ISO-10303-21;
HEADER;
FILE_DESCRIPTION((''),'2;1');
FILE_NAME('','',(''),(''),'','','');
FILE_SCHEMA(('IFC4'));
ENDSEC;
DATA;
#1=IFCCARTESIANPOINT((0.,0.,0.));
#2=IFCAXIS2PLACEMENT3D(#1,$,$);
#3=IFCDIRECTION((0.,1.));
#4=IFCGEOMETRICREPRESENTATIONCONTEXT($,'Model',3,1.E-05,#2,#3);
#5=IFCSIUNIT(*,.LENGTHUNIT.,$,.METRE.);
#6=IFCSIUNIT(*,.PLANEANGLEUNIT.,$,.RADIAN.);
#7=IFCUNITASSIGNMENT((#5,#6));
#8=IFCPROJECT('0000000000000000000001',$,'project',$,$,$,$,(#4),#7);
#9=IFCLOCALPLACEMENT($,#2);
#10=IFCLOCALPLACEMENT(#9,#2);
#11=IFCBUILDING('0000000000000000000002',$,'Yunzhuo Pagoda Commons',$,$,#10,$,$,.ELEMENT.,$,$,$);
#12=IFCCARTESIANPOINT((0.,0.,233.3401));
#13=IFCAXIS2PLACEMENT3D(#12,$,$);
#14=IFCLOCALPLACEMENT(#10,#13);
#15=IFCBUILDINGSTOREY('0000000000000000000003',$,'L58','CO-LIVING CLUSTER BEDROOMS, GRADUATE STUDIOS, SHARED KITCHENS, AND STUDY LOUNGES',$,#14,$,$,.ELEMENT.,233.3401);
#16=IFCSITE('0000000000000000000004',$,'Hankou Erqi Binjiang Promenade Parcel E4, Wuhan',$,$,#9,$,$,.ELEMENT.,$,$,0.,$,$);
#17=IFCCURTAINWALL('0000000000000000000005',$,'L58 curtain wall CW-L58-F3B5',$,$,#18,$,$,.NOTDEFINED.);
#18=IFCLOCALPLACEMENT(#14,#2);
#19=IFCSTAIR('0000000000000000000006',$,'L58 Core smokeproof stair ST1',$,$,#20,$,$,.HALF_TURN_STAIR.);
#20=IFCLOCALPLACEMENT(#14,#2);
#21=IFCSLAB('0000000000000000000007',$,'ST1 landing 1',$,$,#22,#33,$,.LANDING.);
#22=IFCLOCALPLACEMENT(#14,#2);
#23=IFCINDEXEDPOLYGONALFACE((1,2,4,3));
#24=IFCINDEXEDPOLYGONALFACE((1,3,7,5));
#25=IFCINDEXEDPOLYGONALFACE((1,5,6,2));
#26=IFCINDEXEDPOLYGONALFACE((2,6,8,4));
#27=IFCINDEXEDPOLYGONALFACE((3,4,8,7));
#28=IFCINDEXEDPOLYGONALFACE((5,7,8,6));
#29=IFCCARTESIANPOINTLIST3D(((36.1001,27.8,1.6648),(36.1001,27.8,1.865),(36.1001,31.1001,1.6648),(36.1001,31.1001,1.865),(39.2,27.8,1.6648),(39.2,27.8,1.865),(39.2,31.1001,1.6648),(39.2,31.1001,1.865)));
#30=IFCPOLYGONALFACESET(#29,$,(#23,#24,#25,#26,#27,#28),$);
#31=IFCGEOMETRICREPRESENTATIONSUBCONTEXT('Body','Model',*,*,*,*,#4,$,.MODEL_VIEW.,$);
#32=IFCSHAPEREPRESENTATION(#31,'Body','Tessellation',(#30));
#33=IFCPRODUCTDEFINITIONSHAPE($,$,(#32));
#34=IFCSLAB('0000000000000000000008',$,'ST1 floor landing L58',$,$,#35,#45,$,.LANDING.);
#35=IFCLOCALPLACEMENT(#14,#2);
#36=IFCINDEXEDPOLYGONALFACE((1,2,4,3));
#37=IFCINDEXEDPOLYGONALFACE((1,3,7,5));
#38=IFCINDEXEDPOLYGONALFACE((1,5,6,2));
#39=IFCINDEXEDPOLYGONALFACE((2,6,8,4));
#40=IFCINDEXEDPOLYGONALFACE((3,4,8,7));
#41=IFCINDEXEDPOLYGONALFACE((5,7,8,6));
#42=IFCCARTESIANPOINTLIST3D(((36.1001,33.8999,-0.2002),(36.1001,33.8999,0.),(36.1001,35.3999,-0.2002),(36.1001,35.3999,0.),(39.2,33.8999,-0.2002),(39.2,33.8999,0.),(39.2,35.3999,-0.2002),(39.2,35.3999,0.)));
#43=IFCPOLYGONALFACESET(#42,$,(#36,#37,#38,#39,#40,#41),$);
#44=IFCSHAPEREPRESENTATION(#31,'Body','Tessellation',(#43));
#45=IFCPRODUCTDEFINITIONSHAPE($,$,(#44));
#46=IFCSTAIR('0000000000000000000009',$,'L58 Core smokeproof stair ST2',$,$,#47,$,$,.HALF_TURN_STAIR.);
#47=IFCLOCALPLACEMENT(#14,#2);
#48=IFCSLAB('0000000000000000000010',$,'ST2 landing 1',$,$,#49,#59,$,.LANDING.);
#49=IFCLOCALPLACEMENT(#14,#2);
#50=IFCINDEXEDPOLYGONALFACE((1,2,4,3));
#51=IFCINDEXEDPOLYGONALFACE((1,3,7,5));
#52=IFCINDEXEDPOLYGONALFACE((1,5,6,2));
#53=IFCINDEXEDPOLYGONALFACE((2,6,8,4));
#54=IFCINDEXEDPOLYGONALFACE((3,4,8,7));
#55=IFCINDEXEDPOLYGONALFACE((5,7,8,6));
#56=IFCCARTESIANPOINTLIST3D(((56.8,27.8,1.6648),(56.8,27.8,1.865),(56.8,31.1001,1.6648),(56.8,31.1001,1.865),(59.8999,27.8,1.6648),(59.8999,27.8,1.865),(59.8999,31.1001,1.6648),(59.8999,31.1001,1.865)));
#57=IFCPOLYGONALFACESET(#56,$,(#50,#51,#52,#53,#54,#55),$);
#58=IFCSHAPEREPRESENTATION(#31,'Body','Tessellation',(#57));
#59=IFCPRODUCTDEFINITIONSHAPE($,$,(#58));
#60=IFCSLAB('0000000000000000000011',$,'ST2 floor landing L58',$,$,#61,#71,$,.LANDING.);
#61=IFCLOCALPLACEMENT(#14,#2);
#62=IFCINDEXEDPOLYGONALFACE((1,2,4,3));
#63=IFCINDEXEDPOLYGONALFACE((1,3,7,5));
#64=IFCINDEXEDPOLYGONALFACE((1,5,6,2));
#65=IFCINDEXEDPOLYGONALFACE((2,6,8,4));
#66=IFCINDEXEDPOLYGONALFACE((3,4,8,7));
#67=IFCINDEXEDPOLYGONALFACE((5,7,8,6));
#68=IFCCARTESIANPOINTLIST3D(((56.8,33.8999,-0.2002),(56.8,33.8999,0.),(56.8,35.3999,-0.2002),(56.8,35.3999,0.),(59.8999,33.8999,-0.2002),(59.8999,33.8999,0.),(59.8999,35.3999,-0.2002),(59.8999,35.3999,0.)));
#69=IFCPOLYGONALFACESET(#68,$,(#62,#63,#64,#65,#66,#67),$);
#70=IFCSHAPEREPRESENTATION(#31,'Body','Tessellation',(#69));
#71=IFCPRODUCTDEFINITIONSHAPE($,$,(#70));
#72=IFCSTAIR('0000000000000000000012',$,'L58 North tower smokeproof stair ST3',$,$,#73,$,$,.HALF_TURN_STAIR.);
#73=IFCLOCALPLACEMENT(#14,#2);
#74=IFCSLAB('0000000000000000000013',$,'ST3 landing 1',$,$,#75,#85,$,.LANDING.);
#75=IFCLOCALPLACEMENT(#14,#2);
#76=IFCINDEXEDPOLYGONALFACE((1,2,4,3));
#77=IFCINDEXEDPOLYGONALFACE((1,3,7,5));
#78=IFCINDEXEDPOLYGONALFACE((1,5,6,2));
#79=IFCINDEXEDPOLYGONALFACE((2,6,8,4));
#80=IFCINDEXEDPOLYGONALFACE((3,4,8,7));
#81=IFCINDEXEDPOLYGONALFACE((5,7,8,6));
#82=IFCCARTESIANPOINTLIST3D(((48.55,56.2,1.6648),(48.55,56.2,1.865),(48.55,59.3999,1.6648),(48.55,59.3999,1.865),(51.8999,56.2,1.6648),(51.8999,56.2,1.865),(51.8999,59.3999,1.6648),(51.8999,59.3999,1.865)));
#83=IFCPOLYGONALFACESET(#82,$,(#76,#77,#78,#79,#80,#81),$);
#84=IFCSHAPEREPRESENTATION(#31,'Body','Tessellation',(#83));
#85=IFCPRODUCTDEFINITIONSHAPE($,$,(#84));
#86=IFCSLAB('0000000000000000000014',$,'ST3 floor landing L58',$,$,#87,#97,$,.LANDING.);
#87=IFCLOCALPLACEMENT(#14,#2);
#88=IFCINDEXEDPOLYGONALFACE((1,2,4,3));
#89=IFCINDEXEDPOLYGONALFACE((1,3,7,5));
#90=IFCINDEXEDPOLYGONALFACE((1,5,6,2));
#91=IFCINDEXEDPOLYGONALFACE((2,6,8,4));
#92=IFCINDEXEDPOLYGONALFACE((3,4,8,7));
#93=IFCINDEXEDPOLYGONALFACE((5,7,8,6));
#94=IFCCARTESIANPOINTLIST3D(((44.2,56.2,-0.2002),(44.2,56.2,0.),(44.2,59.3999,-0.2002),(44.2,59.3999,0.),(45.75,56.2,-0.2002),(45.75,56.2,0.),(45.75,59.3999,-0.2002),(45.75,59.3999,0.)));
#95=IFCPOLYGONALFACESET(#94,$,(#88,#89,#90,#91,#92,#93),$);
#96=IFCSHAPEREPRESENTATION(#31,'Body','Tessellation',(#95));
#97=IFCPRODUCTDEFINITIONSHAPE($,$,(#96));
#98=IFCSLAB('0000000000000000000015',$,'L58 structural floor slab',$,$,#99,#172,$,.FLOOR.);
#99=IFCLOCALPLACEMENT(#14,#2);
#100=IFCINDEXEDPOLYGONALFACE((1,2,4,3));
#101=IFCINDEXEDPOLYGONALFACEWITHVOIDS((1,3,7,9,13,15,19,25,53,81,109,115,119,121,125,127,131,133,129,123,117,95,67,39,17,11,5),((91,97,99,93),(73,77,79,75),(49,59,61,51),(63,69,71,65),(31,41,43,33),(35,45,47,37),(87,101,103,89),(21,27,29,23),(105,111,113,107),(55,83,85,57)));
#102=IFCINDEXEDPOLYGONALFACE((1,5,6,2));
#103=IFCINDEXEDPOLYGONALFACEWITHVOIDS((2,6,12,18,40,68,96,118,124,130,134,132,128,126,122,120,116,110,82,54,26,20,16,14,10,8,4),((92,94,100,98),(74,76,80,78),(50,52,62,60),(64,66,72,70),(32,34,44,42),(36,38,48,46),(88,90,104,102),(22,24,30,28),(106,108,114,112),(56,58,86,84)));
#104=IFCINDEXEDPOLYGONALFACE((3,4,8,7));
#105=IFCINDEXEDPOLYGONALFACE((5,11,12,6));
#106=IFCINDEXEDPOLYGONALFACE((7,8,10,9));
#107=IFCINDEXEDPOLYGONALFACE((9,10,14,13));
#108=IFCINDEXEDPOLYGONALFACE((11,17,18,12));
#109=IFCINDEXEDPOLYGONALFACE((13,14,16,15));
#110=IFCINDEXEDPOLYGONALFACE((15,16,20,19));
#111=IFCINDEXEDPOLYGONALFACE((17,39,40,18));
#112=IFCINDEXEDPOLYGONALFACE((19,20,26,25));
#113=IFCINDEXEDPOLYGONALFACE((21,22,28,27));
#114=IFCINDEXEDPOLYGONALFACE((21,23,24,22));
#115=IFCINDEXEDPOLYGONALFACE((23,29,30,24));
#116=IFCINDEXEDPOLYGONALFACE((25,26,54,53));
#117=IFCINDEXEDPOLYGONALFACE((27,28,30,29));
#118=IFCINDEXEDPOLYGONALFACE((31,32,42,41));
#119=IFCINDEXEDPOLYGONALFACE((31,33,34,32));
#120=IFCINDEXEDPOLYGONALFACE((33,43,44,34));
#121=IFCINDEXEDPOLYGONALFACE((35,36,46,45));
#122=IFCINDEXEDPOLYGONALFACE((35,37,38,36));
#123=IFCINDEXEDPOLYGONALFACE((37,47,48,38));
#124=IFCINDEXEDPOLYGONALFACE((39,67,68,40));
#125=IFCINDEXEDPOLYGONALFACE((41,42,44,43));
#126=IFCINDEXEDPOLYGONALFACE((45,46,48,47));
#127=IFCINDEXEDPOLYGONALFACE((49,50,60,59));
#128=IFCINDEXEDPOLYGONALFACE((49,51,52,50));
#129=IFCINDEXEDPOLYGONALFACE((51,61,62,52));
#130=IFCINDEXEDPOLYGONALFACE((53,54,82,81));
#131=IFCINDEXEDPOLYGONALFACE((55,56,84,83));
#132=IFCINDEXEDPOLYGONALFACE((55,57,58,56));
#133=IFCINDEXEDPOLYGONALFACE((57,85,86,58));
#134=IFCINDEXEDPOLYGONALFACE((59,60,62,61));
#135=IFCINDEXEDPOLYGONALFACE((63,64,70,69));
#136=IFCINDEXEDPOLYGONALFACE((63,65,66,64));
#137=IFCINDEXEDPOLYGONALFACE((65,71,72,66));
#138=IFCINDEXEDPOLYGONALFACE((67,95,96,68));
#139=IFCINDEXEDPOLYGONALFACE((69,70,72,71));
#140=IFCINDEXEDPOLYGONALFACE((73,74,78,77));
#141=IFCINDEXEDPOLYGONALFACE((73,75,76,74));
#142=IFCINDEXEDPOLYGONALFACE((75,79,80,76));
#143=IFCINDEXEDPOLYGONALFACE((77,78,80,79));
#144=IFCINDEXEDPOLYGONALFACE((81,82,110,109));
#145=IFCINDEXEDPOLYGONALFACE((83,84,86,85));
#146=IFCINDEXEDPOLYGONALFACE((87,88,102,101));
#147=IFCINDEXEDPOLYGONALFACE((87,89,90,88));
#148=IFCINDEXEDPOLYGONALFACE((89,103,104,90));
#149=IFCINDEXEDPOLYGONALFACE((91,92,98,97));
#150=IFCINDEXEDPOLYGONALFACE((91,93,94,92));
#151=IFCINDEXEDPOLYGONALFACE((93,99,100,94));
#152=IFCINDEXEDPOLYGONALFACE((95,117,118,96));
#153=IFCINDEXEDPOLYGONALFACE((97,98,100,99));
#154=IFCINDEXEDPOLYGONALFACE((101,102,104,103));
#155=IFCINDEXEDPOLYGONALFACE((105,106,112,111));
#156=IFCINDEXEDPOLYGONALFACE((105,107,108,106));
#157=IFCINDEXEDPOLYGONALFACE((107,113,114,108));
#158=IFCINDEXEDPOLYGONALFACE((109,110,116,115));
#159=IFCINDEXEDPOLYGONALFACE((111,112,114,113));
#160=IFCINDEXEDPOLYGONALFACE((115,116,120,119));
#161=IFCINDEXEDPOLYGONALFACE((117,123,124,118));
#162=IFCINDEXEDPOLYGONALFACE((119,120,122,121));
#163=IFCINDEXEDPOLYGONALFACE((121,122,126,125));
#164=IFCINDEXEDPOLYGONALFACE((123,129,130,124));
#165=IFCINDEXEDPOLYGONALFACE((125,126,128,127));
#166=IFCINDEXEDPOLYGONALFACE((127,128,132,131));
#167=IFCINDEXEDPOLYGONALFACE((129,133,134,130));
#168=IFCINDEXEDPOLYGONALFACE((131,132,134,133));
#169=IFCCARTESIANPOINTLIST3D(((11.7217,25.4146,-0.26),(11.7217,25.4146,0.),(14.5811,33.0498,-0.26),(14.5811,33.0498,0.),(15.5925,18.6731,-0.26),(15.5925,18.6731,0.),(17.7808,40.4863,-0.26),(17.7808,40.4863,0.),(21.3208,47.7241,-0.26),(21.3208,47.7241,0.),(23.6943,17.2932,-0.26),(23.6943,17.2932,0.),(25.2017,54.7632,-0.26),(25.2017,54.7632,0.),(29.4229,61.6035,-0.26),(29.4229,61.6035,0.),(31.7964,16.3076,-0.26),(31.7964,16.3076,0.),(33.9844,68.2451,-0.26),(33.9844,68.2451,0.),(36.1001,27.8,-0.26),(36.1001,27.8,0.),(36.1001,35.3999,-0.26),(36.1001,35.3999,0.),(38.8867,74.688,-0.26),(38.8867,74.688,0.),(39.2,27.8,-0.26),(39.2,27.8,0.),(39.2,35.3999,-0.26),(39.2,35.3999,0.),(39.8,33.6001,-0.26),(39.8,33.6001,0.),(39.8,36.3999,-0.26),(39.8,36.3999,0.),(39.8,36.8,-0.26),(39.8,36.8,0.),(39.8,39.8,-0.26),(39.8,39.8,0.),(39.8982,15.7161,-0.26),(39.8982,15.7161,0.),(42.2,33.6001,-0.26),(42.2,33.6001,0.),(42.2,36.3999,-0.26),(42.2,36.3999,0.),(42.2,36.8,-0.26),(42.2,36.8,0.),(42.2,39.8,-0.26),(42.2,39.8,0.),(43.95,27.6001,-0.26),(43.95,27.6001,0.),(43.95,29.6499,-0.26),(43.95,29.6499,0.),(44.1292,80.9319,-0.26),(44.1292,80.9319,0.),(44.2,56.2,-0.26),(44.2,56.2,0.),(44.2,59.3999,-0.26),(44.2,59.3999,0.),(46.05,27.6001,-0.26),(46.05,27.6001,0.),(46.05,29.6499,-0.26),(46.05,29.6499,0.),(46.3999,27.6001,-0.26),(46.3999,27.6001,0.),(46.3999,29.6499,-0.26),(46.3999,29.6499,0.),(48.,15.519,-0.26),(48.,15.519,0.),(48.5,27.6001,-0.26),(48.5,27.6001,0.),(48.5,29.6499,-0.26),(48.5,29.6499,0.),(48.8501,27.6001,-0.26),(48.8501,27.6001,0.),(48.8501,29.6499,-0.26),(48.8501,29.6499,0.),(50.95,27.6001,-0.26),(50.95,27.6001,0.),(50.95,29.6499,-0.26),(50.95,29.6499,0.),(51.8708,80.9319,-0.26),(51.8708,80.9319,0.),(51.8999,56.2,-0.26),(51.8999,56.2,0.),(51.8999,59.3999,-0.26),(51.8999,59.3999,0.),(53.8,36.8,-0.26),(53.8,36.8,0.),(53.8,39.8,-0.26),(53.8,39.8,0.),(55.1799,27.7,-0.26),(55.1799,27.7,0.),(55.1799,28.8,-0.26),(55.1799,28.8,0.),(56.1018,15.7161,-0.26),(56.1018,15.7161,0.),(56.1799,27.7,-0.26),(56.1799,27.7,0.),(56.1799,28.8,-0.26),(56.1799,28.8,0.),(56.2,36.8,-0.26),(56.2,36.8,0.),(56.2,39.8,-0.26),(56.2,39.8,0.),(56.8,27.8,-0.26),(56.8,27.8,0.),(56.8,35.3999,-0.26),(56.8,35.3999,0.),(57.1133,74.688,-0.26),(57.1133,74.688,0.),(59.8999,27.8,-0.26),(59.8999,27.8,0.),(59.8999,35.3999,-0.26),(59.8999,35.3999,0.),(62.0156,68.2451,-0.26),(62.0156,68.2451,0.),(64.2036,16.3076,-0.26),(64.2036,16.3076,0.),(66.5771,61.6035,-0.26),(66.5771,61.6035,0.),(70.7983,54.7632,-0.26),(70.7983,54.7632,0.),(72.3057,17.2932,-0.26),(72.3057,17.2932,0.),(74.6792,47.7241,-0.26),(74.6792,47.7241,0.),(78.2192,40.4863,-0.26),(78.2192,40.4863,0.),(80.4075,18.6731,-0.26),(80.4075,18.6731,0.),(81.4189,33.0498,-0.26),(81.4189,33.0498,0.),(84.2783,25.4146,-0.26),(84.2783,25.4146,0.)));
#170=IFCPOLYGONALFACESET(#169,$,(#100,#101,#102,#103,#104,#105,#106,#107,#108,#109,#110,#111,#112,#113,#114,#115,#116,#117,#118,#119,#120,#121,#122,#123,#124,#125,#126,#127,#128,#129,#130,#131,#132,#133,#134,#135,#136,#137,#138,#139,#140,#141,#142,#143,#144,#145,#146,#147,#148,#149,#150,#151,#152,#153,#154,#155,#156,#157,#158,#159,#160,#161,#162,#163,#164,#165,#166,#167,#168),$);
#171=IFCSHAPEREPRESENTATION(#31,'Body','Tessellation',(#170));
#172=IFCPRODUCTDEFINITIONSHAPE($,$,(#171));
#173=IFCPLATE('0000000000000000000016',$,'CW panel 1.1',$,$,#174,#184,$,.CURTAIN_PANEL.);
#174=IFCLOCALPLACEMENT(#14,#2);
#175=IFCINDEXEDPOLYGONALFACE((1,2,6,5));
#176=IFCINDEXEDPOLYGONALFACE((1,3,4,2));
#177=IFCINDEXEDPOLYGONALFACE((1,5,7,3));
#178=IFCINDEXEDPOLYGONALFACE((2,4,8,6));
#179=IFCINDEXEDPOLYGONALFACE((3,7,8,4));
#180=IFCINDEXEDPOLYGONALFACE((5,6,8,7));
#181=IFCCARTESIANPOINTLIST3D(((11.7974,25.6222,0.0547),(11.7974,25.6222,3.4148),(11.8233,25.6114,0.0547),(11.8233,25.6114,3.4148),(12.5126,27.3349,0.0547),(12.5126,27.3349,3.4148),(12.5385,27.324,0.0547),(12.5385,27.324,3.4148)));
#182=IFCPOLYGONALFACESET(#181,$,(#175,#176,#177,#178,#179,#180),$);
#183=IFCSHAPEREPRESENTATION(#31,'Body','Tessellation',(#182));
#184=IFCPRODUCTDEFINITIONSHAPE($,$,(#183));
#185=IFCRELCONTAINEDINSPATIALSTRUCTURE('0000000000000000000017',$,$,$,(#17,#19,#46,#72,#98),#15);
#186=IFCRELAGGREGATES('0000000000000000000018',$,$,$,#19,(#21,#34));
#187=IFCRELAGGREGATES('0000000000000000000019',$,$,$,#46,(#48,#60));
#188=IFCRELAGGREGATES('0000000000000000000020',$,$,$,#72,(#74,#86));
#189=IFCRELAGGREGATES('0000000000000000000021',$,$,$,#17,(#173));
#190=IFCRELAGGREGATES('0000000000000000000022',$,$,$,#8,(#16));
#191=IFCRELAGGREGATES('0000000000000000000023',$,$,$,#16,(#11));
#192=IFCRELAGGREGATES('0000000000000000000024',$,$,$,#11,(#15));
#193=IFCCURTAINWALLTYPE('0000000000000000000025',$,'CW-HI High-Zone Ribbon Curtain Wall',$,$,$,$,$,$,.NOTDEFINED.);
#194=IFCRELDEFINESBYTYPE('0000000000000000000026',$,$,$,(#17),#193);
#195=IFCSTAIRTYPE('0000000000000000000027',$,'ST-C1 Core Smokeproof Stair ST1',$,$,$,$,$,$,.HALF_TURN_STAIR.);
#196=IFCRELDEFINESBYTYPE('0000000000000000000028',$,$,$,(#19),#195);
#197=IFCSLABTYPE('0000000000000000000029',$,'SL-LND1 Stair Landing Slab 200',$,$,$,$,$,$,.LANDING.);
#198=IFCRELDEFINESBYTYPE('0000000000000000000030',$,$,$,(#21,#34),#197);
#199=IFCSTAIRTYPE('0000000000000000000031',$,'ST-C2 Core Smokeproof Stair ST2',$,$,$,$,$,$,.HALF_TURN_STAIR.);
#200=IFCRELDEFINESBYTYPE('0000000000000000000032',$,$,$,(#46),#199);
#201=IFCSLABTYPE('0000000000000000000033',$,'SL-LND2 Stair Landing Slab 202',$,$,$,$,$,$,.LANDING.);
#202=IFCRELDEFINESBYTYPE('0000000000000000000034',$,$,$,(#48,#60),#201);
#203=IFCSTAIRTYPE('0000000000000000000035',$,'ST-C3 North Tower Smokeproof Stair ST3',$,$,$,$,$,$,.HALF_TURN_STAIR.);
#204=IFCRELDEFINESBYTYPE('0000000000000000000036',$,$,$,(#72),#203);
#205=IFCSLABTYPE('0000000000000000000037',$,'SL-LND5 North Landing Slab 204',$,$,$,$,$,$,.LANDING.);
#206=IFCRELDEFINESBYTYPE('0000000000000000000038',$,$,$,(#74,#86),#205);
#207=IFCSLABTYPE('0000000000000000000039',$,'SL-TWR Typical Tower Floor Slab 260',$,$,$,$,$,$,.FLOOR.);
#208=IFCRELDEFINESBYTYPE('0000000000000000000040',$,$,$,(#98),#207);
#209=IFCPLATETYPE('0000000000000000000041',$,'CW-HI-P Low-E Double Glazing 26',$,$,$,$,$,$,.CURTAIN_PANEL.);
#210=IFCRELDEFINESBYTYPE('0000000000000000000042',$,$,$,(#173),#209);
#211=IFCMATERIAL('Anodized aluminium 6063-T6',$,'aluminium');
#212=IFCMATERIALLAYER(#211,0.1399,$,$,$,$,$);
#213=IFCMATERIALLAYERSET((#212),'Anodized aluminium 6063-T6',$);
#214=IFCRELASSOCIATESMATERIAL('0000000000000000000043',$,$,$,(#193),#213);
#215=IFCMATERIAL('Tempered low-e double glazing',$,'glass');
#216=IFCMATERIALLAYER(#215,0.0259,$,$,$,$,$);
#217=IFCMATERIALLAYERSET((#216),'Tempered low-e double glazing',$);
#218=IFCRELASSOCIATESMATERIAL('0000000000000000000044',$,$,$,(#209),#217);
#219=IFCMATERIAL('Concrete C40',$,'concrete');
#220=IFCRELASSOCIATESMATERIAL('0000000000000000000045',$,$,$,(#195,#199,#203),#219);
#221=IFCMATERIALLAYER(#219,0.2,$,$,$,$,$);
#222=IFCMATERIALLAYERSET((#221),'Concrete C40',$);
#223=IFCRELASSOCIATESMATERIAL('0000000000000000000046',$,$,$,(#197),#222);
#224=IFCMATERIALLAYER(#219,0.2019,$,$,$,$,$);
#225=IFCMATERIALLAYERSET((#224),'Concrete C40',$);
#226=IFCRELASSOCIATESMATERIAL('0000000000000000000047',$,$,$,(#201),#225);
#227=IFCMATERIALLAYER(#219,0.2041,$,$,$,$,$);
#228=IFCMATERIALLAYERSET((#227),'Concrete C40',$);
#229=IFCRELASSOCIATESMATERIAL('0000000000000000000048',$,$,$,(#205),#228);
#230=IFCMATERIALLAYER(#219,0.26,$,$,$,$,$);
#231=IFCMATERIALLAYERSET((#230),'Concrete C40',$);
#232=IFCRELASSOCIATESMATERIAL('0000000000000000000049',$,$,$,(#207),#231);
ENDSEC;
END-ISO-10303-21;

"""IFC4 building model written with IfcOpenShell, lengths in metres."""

from ifc_helpers import new_model, si_unit, direction, frame, origin, origin_2d, place, context, subcontext, project, spatial, polyline, rectangle, outline, extrude, source, transform, mapped, material, layer, layer_set, type_object, element, aggregate, save


model = new_model("IFC4")

# Units and contexts
model_context = context("Model", 3, precision=1e-05, world=origin(), true_north=direction((0.0, 1.0)))
body_context = subcontext(model_context, "Body", "Model", "MODEL_VIEW")
ifc_project = project(units=[si_unit("LENGTHUNIT", "METRE"), si_unit("PLANEANGLEUNIT", "RADIAN")], contexts=[model_context])

# Site, building, storey
site_placement = place(None, origin())
site = spatial("IfcSite", under=ifc_project, at=site_placement, Name="Hankou Erqi Binjiang Promenade Parcel E4, Wuhan", CompositionType="ELEMENT", RefElevation=0.0)
building_placement = place(site_placement, origin())
building = spatial("IfcBuilding", under=site, at=building_placement, Name="Yunzhuo Pagoda Commons", CompositionType="ELEMENT")
storey_placement = place(building_placement, frame((0.0, 0.0, 233.3401)))
storey = spatial("IfcBuildingStorey", under=building, at=storey_placement, Name="L58", Description="CO-LIVING CLUSTER BEDROOMS, GRADUATE STUDIOS, SHARED KITCHENS, AND STUDY LOUNGES", CompositionType="ELEMENT", Elevation=233.3401)

# Shared definitions
ifc_material_1 = material(Name="Anodized aluminium 6063-T6", Category="aluminium")
ifc_layer_1 = layer(ifc_material_1, 0.1399)
ifc_layer_set_1 = layer_set([ifc_layer_1], Name="Anodized aluminium 6063-T6")
curtain_wall_type = type_object("IfcCurtainWallType", Name="CW-HI High-Zone Ribbon Curtain Wall", PredefinedType="NOTDEFINED", material=ifc_layer_set_1)

# Curtain wall
curtain_wall_1_placement = place(storey_placement, origin())
curtain_wall_1 = element("IfcCurtainWall", 1, at=curtain_wall_1_placement, inside=storey, type_object=curtain_wall_type, Name="L58 curtain wall CW-L58-F3B5", PredefinedType="NOTDEFINED")

# Shared definitions
ifc_material_2 = material(Name="Tempered low-e double glazing", Category="glass")
ifc_layer_2 = layer(ifc_material_2, 0.0259)
ifc_layer_set_2 = layer_set([ifc_layer_2], Name="Tempered low-e double glazing")
plate_type = type_object("IfcPlateType", Name="CW-HI-P Low-E Double Glazing 26", PredefinedType="CURTAIN_PANEL", material=ifc_layer_set_2)

# Shared definitions
ifc_material_3 = material(Name="Concrete C40", Category="concrete")

# Stairs, slabs
stair_type_1 = type_object("IfcStairType", Name="ST-C1 Core Smokeproof Stair ST1", PredefinedType="HALF_TURN_STAIR", material=ifc_material_3)
stair_1_placement = place(storey_placement, origin())
stair_1 = element("IfcStair", 2, at=stair_1_placement, inside=storey, type_object=stair_type_1, Name="L58 Core smokeproof stair ST1", PredefinedType="HALF_TURN_STAIR")
ifc_layer_3 = layer(ifc_material_3, 0.2)
ifc_layer_set_3 = layer_set([ifc_layer_3], Name="Concrete C40")
slab_type_1 = type_object("IfcSlabType", Name="SL-LND1 Stair Landing Slab 200", PredefinedType="LANDING", material=ifc_layer_set_3)
slab_1_placement = place(storey_placement, frame((0.0, 0.0, 1.6648)))
slab_1 = element("IfcSlab", 3, at=slab_1_placement, type_object=slab_type_1, Name="ST1 landing 1", PredefinedType="LANDING", context=body_context, shape_type="SweptSolid", body=[
    extrude(outline(polyline([(36.1001, 31.1001), (36.1001, 27.8), (39.2, 27.8), (39.2, 31.1001), (36.1001, 31.1001)])), origin(), (0.0, 0.0, 1.0), 0.2002),
])
slab_2_placement = place(storey_placement, frame((0.0, 0.0, -0.2002)))
slab_2 = element("IfcSlab", 4, at=slab_2_placement, type_object=slab_type_1, Name="ST1 floor landing L58", PredefinedType="LANDING", context=body_context, shape_type="SweptSolid", body=[
    extrude(outline(polyline([(36.1001, 35.3999), (36.1001, 33.8999), (39.2, 33.8999), (39.2, 35.3999), (36.1001, 35.3999)])), origin(), (0.0, 0.0, 1.0), 0.2002),
])
aggregate(stair_1, [slab_1, slab_2])
stair_type_2 = type_object("IfcStairType", Name="ST-C2 Core Smokeproof Stair ST2", PredefinedType="HALF_TURN_STAIR", material=ifc_material_3)
stair_2_placement = place(storey_placement, origin())
stair_2 = element("IfcStair", 5, at=stair_2_placement, inside=storey, type_object=stair_type_2, Name="L58 Core smokeproof stair ST2", PredefinedType="HALF_TURN_STAIR")
ifc_layer_4 = layer(ifc_material_3, 0.2019)
ifc_layer_set_4 = layer_set([ifc_layer_4], Name="Concrete C40")
slab_type_2 = type_object("IfcSlabType", Name="SL-LND2 Stair Landing Slab 202", PredefinedType="LANDING", material=ifc_layer_set_4)
slab_3_placement = place(storey_placement, frame((0.0, 0.0, 1.6648)))
slab_3 = element("IfcSlab", 6, at=slab_3_placement, type_object=slab_type_2, Name="ST2 landing 1", PredefinedType="LANDING", context=body_context, shape_type="SweptSolid", body=[
    extrude(outline(polyline([(56.8, 31.1001), (56.8, 27.8), (59.8999, 27.8), (59.8999, 31.1001), (56.8, 31.1001)])), origin(), (0.0, 0.0, 1.0), 0.2002),
])
slab_4_placement = place(storey_placement, frame((0.0, 0.0, -0.2002)))
slab_4 = element("IfcSlab", 7, at=slab_4_placement, type_object=slab_type_2, Name="ST2 floor landing L58", PredefinedType="LANDING", context=body_context, shape_type="SweptSolid", body=[
    extrude(outline(polyline([(56.8, 35.3999), (56.8, 33.8999), (59.8999, 33.8999), (59.8999, 35.3999), (56.8, 35.3999)])), origin(), (0.0, 0.0, 1.0), 0.2002),
])
aggregate(stair_2, [slab_3, slab_4])
stair_type_3 = type_object("IfcStairType", Name="ST-C3 North Tower Smokeproof Stair ST3", PredefinedType="HALF_TURN_STAIR", material=ifc_material_3)
stair_3_placement = place(storey_placement, origin())
stair_3 = element("IfcStair", 8, at=stair_3_placement, inside=storey, type_object=stair_type_3, Name="L58 North tower smokeproof stair ST3", PredefinedType="HALF_TURN_STAIR")
ifc_layer_5 = layer(ifc_material_3, 0.2041)
ifc_layer_set_5 = layer_set([ifc_layer_5], Name="Concrete C40")
slab_type_3 = type_object("IfcSlabType", Name="SL-LND5 North Landing Slab 204", PredefinedType="LANDING", material=ifc_layer_set_5)
slab_5_placement = place(storey_placement, frame((0.0, 0.0, 1.6648)))
slab_5 = element("IfcSlab", 9, at=slab_5_placement, type_object=slab_type_3, Name="ST3 landing 1", PredefinedType="LANDING", context=body_context, shape_type="SweptSolid", body=[
    extrude(outline(polyline([(48.55, 56.2), (51.8999, 56.2), (51.8999, 59.3999), (48.55, 59.3999), (48.55, 56.2)])), origin(), (0.0, 0.0, 1.0), 0.2002),
])
slab_6_placement = place(storey_placement, frame((0.0, 0.0, -0.2002)))
slab_6 = element("IfcSlab", 10, at=slab_6_placement, type_object=slab_type_3, Name="ST3 floor landing L58", PredefinedType="LANDING", context=body_context, shape_type="SweptSolid", body=[
    extrude(outline(polyline([(44.2, 56.2), (45.75, 56.2), (45.75, 59.3999), (44.2, 59.3999), (44.2, 56.2)])), origin(), (0.0, 0.0, 1.0), 0.2002),
])
aggregate(stair_3, [slab_5, slab_6])

# Slab
ifc_layer_6 = layer(ifc_material_3, 0.26)
ifc_layer_set_6 = layer_set([ifc_layer_6], Name="Concrete C40")
slab_type_4 = type_object("IfcSlabType", Name="SL-TWR Typical Tower Floor Slab 260", PredefinedType="FLOOR", material=ifc_layer_set_6)
slab_7_placement = place(storey_placement, frame((0.0, 0.0, -0.26)))
element("IfcSlab", 11, at=slab_7_placement, inside=storey, type_object=slab_type_4, Name="L58 structural floor slab", PredefinedType="FLOOR", context=body_context, shape_type="SweptSolid", body=[
    extrude(outline(polyline([(14.5811, 33.0498), (17.7808, 40.4863), (21.3208, 47.7241), (25.2017, 54.7632), (29.4229, 61.6035), (33.9844, 68.2451), (38.8867, 74.688), (44.1292, 80.9319), (51.8708, 80.9319), (57.1133, 74.688), (62.0156, 68.2451), (66.5771, 61.6035), (70.7983, 54.7632), (74.6792, 47.7241), (78.2192, 40.4863), (81.4189, 33.0498), (84.2783, 25.4146), (80.4075, 18.6731), (72.3057, 17.2932), (64.2036, 16.3076), (56.1018, 15.7161), (48.0, 15.519), (39.8982, 15.7161), (31.7964, 16.3076), (23.6943, 17.2932), (15.5925, 18.6731), (11.7217, 25.4146), (14.5811, 33.0498)]), holes=[polyline([(56.1799, 28.8), (55.1799, 28.8), (55.1799, 27.7), (56.1799, 27.7), (56.1799, 28.8)]), polyline([(46.05, 29.6499), (43.95, 29.6499), (43.95, 27.6001), (46.05, 27.6001), (46.05, 29.6499)]), polyline([(48.5, 29.6499), (46.3999, 29.6499), (46.3999, 27.6001), (48.5, 27.6001), (48.5, 29.6499)]), polyline([(50.95, 27.6001), (50.95, 29.6499), (48.8501, 29.6499), (48.8501, 27.6001), (50.95, 27.6001)]), polyline([(36.1001, 27.8), (39.2, 27.8), (39.2, 35.3999), (36.1001, 35.3999), (36.1001, 27.8)]), polyline([(59.8999, 27.8), (59.8999, 35.3999), (56.8, 35.3999), (56.8, 27.8), (59.8999, 27.8)]), polyline([(42.2, 36.3999), (39.8, 36.3999), (39.8, 33.6001), (42.2, 33.6001), (42.2, 36.3999)]), polyline([(42.2, 39.8), (39.8, 39.8), (39.8, 36.8), (42.2, 36.8), (42.2, 39.8)]), polyline([(56.2, 36.8), (56.2, 39.8), (53.8, 39.8), (53.8, 36.8), (56.2, 36.8)]), polyline([(51.8999, 56.2), (51.8999, 59.3999), (44.2, 59.3999), (44.2, 56.2), (51.8999, 56.2)])]), origin(), (0.0, 0.0, 1.0), 0.26),
])

# Plate
shared_shape_1 = source(origin(), body_context, "Body", "SweptSolid", [
    extrude(rectangle(XDim=1.856, YDim=0.0281, at=origin_2d()), origin(), (0.0, 0.0, 1.0), 3.3601),
])
plate_1_placement = place(storey_placement, frame((12.168, 26.4731, 0.0547), z_axis=(0.0, 0.0, 1.0), x_axis=(-0.385345, -0.922773, 0.0)))
plate_1 = element("IfcPlate", 12, at=plate_1_placement, type_object=plate_type, Name="CW panel 1.1", PredefinedType="CURTAIN_PANEL", context=body_context, shape_type="MappedRepresentation", body=[
    mapped(shared_shape_1, transform((0.0, 0.0, 0.0), scale=1.0)),
])
aggregate(curtain_wall_1, [plate_1])

save(model, "model.ifc")
